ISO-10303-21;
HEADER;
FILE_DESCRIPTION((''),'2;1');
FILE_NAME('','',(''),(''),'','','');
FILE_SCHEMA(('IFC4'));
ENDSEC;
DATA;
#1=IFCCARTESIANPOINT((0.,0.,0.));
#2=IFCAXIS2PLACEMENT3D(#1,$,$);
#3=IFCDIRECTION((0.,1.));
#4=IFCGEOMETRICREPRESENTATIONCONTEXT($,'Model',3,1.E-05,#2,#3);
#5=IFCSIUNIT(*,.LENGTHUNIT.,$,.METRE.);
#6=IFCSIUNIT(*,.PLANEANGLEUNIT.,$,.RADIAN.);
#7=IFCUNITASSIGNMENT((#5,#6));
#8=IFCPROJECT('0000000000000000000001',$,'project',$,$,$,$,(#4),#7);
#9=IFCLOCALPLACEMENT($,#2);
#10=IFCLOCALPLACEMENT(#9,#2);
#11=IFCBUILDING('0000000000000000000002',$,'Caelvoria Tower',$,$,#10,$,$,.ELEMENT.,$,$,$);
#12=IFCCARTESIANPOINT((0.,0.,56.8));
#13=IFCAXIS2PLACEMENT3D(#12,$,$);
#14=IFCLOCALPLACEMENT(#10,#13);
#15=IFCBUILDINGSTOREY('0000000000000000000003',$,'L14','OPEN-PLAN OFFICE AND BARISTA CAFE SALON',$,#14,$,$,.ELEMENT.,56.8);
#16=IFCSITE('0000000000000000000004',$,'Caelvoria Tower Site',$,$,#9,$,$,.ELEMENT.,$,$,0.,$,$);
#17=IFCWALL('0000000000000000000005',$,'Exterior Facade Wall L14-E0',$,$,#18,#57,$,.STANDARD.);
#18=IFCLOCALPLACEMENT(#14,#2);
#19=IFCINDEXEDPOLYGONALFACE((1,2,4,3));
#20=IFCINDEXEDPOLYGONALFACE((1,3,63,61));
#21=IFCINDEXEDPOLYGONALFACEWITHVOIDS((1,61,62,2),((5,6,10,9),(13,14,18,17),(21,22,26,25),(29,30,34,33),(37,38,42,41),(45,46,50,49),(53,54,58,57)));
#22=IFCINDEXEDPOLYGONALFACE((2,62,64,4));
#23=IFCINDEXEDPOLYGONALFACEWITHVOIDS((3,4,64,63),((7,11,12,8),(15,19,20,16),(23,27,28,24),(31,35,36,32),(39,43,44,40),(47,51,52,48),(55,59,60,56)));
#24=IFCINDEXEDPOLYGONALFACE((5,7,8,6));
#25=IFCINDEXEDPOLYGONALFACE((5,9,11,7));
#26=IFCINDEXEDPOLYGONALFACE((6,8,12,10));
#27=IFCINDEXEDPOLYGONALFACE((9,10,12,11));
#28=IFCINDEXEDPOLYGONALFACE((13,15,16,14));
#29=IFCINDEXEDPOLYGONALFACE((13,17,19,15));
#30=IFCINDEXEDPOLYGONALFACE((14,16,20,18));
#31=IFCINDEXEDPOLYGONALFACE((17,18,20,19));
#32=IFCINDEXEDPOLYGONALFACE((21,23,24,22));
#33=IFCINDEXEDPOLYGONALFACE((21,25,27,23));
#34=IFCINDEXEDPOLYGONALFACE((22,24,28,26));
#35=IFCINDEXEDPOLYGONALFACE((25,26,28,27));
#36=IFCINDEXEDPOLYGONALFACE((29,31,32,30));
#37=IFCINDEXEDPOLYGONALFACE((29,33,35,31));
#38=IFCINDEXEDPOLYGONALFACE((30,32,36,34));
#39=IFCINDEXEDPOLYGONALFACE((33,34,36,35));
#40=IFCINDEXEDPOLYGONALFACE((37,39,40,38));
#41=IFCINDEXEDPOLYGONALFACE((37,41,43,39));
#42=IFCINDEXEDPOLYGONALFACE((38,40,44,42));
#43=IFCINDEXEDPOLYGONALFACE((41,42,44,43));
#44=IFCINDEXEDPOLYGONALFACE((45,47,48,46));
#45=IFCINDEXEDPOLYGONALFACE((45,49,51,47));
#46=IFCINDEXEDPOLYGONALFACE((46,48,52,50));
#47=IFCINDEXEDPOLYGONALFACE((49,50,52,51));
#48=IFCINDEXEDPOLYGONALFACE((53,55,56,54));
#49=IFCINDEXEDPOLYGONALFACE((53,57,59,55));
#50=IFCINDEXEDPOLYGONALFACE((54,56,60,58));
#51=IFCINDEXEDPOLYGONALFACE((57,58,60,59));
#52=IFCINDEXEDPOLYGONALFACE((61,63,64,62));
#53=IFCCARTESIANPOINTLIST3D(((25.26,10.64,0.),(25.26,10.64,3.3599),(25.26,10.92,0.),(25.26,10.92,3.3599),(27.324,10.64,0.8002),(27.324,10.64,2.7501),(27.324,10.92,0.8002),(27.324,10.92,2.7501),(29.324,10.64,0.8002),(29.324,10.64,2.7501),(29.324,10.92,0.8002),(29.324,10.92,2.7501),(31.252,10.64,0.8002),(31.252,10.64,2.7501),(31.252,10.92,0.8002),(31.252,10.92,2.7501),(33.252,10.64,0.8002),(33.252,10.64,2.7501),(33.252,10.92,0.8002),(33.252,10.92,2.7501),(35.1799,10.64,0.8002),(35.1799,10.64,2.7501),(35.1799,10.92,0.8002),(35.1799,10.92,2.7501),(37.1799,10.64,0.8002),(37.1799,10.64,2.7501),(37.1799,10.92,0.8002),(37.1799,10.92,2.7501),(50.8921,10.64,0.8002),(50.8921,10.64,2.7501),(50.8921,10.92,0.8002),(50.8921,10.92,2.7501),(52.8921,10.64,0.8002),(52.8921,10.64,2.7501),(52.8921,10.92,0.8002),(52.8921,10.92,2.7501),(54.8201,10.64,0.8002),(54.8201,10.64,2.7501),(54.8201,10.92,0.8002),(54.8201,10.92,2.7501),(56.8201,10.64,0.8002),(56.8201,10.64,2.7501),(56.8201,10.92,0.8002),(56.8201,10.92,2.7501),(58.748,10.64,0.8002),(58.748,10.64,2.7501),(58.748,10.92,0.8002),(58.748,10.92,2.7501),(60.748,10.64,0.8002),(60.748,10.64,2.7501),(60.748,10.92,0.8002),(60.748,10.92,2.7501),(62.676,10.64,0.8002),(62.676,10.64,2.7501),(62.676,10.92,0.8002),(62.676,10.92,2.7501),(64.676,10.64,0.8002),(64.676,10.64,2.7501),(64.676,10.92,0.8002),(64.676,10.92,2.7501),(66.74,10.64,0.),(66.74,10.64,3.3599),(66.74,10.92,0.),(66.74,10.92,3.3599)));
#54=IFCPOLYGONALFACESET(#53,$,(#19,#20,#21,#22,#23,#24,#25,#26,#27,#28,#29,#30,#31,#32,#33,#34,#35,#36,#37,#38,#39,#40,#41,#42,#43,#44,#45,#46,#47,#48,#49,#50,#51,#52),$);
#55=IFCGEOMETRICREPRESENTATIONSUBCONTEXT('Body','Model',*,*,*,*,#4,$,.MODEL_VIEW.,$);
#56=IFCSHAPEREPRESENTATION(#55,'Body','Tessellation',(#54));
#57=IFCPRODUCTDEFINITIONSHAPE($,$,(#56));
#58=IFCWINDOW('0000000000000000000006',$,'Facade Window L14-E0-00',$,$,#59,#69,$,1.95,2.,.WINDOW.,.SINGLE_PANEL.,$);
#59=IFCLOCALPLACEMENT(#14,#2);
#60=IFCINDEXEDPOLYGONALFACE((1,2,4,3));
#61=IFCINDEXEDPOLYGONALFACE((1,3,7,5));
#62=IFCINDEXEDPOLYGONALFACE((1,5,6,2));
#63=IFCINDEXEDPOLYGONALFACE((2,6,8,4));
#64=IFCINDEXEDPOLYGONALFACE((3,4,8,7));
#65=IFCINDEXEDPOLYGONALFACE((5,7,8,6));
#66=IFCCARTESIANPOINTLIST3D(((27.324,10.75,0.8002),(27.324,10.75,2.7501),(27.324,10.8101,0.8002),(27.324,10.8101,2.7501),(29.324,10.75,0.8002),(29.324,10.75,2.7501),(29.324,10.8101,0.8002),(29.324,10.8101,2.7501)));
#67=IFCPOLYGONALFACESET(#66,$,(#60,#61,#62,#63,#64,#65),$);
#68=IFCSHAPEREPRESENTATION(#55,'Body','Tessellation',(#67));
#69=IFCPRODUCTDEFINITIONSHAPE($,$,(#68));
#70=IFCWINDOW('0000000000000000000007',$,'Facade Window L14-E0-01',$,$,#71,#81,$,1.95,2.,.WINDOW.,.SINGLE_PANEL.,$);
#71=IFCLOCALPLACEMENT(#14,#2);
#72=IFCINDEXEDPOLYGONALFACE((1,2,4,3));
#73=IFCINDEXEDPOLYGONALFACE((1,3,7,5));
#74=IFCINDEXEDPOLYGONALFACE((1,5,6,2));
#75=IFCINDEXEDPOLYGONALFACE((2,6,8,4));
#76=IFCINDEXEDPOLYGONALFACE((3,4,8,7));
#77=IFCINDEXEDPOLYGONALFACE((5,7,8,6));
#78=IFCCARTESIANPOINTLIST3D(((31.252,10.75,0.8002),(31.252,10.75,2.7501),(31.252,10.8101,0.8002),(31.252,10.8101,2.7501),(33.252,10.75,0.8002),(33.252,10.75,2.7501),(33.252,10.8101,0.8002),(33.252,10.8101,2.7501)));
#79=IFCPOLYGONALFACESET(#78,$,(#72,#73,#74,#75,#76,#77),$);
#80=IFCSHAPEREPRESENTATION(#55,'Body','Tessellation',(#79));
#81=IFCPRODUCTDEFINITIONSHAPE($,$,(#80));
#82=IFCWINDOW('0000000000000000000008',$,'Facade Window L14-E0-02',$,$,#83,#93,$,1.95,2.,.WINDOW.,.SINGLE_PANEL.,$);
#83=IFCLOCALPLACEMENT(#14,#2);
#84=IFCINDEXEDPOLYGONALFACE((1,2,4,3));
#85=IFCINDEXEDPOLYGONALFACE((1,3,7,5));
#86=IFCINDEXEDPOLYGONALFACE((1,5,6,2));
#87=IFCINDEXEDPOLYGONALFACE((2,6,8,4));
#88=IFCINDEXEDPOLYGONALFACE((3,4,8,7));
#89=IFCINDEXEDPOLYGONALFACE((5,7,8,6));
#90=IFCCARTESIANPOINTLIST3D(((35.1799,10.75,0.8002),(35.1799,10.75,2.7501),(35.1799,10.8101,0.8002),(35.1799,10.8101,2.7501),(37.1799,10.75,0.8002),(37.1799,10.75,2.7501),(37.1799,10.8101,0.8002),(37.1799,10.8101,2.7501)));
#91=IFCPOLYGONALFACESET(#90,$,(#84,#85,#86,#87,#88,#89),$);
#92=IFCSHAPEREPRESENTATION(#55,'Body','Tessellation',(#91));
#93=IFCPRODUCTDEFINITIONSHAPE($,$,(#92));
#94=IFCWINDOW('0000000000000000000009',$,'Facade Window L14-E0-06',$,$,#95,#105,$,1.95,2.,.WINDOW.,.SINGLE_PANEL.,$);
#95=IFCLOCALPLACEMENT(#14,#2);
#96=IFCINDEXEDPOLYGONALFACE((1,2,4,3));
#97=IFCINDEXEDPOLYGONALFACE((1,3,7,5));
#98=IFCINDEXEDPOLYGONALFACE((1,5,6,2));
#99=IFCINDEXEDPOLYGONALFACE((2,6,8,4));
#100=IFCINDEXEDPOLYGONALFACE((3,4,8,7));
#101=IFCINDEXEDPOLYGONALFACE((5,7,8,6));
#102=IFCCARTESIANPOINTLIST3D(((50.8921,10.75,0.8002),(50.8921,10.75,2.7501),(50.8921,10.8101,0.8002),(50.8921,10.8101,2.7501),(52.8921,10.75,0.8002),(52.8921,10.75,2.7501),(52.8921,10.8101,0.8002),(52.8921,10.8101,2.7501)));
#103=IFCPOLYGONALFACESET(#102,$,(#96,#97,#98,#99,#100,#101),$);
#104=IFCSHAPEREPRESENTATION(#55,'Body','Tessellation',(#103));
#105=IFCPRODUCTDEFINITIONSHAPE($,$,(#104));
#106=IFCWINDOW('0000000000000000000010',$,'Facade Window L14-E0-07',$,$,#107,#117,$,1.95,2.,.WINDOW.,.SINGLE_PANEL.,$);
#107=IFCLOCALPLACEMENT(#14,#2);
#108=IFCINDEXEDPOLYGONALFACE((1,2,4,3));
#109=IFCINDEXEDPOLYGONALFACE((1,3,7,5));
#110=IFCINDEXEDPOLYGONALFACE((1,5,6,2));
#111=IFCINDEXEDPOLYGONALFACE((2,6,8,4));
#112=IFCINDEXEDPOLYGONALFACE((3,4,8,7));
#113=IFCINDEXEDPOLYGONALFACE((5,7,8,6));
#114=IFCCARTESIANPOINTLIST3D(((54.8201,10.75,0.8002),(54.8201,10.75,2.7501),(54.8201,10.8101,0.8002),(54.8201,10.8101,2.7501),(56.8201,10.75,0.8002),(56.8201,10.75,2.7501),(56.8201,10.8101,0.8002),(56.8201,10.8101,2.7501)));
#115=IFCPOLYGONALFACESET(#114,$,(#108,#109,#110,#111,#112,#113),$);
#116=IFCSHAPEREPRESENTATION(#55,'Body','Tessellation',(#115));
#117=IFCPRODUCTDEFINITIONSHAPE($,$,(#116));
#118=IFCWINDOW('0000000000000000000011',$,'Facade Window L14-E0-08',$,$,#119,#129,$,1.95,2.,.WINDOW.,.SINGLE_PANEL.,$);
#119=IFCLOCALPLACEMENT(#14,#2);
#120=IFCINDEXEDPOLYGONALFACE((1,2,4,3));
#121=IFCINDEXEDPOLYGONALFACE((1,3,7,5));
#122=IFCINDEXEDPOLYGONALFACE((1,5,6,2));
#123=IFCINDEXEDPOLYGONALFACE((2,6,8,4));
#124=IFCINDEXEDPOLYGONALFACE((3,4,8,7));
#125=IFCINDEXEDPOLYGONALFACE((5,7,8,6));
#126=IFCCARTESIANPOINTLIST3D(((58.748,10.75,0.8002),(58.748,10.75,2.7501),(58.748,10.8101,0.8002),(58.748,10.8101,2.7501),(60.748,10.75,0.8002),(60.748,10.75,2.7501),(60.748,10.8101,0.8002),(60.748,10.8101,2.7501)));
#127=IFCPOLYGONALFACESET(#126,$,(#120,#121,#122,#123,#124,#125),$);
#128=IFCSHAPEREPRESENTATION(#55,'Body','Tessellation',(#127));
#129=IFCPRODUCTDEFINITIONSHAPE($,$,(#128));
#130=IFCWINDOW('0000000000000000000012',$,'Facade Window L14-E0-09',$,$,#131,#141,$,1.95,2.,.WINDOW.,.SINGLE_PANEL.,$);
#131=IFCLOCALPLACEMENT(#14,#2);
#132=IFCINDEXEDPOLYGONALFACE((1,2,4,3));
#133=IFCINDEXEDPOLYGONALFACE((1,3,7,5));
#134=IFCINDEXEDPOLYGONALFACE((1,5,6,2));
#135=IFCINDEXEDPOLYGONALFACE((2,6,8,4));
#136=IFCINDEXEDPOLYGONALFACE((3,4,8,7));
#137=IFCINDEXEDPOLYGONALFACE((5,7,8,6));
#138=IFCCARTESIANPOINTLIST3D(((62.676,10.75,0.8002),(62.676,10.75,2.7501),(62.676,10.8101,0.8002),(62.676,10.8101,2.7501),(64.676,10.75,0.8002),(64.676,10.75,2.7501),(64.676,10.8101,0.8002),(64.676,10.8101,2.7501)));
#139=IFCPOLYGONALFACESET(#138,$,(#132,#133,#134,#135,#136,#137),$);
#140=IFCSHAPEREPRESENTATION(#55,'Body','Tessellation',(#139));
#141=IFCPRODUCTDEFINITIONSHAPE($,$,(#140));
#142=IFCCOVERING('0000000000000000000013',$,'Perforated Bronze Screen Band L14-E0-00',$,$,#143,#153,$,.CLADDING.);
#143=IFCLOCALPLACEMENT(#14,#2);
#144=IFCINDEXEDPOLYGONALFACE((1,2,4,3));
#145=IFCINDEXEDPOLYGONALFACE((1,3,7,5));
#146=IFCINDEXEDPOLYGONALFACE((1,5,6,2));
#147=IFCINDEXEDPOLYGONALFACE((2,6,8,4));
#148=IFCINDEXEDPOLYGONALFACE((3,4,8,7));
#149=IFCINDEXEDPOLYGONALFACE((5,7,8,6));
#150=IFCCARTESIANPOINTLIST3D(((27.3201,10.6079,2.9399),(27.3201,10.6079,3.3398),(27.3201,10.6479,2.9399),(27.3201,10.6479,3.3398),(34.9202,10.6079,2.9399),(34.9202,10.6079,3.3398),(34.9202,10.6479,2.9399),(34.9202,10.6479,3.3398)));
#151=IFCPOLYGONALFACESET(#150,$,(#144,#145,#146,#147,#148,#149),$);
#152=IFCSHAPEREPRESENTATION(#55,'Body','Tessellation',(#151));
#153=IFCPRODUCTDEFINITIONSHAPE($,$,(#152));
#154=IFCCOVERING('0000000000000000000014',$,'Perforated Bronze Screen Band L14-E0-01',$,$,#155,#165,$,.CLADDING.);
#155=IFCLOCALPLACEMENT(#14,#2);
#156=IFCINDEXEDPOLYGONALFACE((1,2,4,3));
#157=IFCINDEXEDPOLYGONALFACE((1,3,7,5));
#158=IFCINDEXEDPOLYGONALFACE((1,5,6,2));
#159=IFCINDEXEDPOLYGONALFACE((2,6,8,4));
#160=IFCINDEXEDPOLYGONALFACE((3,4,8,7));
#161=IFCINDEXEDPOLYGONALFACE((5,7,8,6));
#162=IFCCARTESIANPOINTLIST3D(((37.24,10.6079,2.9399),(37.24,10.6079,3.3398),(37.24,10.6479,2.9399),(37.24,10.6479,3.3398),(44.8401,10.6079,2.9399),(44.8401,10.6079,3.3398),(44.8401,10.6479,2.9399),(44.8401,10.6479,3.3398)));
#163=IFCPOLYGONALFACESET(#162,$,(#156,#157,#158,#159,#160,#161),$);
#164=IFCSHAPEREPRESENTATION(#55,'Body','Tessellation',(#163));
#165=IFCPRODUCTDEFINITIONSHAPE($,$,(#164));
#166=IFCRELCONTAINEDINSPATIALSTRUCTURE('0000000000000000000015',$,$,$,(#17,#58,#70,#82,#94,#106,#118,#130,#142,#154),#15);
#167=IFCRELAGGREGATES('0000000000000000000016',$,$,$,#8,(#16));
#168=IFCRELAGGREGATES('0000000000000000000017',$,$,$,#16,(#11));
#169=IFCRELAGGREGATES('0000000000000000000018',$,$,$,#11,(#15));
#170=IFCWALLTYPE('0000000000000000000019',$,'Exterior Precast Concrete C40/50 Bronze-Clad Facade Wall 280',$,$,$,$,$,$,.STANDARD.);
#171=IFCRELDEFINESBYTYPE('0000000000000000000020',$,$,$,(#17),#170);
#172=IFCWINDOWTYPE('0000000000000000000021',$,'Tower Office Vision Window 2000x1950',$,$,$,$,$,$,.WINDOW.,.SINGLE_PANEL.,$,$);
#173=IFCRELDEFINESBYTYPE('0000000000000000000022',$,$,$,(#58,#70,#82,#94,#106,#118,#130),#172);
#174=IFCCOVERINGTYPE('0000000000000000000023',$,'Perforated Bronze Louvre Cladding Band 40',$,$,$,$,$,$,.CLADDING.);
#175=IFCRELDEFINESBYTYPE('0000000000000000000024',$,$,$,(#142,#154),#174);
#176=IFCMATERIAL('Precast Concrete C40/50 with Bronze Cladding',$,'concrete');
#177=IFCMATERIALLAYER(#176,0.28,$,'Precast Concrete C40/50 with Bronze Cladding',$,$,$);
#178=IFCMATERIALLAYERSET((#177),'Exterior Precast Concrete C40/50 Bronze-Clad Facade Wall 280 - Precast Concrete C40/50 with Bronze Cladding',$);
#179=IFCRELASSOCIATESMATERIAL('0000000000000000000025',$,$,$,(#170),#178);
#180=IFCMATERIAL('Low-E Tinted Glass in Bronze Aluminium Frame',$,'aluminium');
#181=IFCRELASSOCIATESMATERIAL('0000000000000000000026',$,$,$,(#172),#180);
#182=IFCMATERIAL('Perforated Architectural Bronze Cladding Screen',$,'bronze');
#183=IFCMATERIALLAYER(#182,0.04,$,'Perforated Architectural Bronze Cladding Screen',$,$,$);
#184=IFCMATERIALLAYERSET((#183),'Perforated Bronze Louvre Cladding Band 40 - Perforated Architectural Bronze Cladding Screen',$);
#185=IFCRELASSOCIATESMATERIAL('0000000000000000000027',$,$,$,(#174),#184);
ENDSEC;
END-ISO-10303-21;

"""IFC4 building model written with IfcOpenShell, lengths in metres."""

from ifc_helpers import new_model, si_unit, direction, frame, frame_2d, origin, origin_2d, place, context, subcontext, project, spatial, rectangle, extrude, material, layer, layer_set, type_object, element, fill, save


model = new_model("IFC4")

# Units and contexts
model_context = context("Model", 3, precision=1e-05, world=origin(), true_north=direction((0.0, 1.0)))
body_context = subcontext(model_context, "Body", "Model", "MODEL_VIEW")
ifc_project = project(units=[si_unit("LENGTHUNIT", "METRE"), si_unit("PLANEANGLEUNIT", "RADIAN")], contexts=[model_context])

# Site, building, storey
site_placement = place(None, origin())
site = spatial("IfcSite", under=ifc_project, at=site_placement, Name="Caelvoria Tower Site", CompositionType="ELEMENT", RefElevation=0.0)
building_placement = place(site_placement, origin())
building = spatial("IfcBuilding", under=site, at=building_placement, Name="Caelvoria Tower", CompositionType="ELEMENT")
storey_placement = place(building_placement, frame((0.0, 0.0, 56.8)))
storey = spatial("IfcBuildingStorey", under=building, at=storey_placement, Name="L14", Description="OPEN-PLAN OFFICE AND BARISTA CAFE SALON", CompositionType="ELEMENT", Elevation=56.8)

# Wall, openings, windows
ifc_material_1 = material(Name="Precast Concrete C40/50 with Bronze Cladding", Category="concrete")
ifc_layer_1 = layer(ifc_material_1, 0.28, Name="Precast Concrete C40/50 with Bronze Cladding")
ifc_layer_set_1 = layer_set([ifc_layer_1], Name="Exterior Precast Concrete C40/50 Bronze-Clad Facade Wall 280 - Precast Concrete C40/50 with Bronze Cladding")
wall_type = type_object("IfcWallType", Name="Exterior Precast Concrete C40/50 Bronze-Clad Facade Wall 280", PredefinedType="STANDARD", material=ifc_layer_set_1)
wall_placement = place(storey_placement, frame((25.26, 10.78, 0.0), z_axis=(0.0, 0.0, 1.0), x_axis=(1.0, 0.0, 0.0)))
wall = element("IfcWall", 1, at=wall_placement, inside=storey, type_object=wall_type, Name="Exterior Facade Wall L14-E0", PredefinedType="STANDARD", context=body_context, shape_type="SweptSolid", body=[
    extrude(rectangle(XDim=41.48, YDim=0.28, at=frame_2d((20.74, 0.0))), origin(), (0.0, 0.0, 1.0), 3.3599),
])
opening_1_placement = place(wall_placement, frame((2.064, 0.0, 0.8)))
opening_1 = element("IfcOpeningElement", 2, at=opening_1_placement, cuts=wall, PredefinedType="OPENING", context=body_context, shape_type="SweptSolid", body=[
    extrude(rectangle(XDim=2.0, YDim=1.95, at=frame_2d((1.0, 0.9751))), frame((0.0, 0.1499, 0.0), z_axis=(0.0, -1.0, 0.0), x_axis=(1.0, 0.0, 0.0)), (0.0, 0.0, 1.0), 0.3),
])
opening_2_placement = place(wall_placement, frame((5.9919, 0.0, 0.8)))
opening_2 = element("IfcOpeningElement", 3, at=opening_2_placement, cuts=wall, PredefinedType="OPENING", context=body_context, shape_type="SweptSolid", body=[
    extrude(rectangle(XDim=2.0, YDim=1.95, at=frame_2d((1.0, 0.9751))), frame((0.0, 0.1499, 0.0), z_axis=(0.0, -1.0, 0.0), x_axis=(1.0, 0.0, 0.0)), (0.0, 0.0, 1.0), 0.3),
])
opening_3_placement = place(wall_placement, frame((9.9199, 0.0, 0.8)))
opening_3 = element("IfcOpeningElement", 4, at=opening_3_placement, cuts=wall, PredefinedType="OPENING", context=body_context, shape_type="SweptSolid", body=[
    extrude(rectangle(XDim=2.0, YDim=1.95, at=frame_2d((1.0, 0.9751))), frame((0.0, 0.1499, 0.0), z_axis=(0.0, -1.0, 0.0), x_axis=(1.0, 0.0, 0.0)), (0.0, 0.0, 1.0), 0.3),
])
opening_4_placement = place(wall_placement, frame((25.6321, 0.0, 0.8)))
opening_4 = element("IfcOpeningElement", 5, at=opening_4_placement, cuts=wall, PredefinedType="OPENING", context=body_context, shape_type="SweptSolid", body=[
    extrude(rectangle(XDim=2.0, YDim=1.95, at=frame_2d((1.0, 0.9751))), frame((0.0, 0.1499, 0.0), z_axis=(0.0, -1.0, 0.0), x_axis=(1.0, 0.0, 0.0)), (0.0, 0.0, 1.0), 0.3),
])
opening_5_placement = place(wall_placement, frame((29.5601, 0.0, 0.8)))
opening_5 = element("IfcOpeningElement", 6, at=opening_5_placement, cuts=wall, PredefinedType="OPENING", context=body_context, shape_type="SweptSolid", body=[
    extrude(rectangle(XDim=2.0, YDim=1.95, at=frame_2d((1.0, 0.9751))), frame((0.0, 0.1499, 0.0), z_axis=(0.0, -1.0, 0.0), x_axis=(1.0, 0.0, 0.0)), (0.0, 0.0, 1.0), 0.3),
])
opening_6_placement = place(wall_placement, frame((33.488, 0.0, 0.8)))
opening_6 = element("IfcOpeningElement", 7, at=opening_6_placement, cuts=wall, PredefinedType="OPENING", context=body_context, shape_type="SweptSolid", body=[
    extrude(rectangle(XDim=2.0, YDim=1.95, at=frame_2d((1.0, 0.9751))), frame((0.0, 0.1499, 0.0), z_axis=(0.0, -1.0, 0.0), x_axis=(1.0, 0.0, 0.0)), (0.0, 0.0, 1.0), 0.3),
])
opening_7_placement = place(wall_placement, frame((37.416, 0.0, 0.8)))
opening_7 = element("IfcOpeningElement", 8, at=opening_7_placement, cuts=wall, PredefinedType="OPENING", context=body_context, shape_type="SweptSolid", body=[
    extrude(rectangle(XDim=2.0, YDim=1.95, at=frame_2d((1.0, 0.9751))), frame((0.0, 0.1499, 0.0), z_axis=(0.0, -1.0, 0.0), x_axis=(1.0, 0.0, 0.0)), (0.0, 0.0, 1.0), 0.3),
])
ifc_material_2 = material(Name="Low-E Tinted Glass in Bronze Aluminium Frame", Category="aluminium")
window_type = type_object("IfcWindowType", Name="Tower Office Vision Window 2000x1950", PartitioningType="SINGLE_PANEL", PredefinedType="WINDOW", material=ifc_material_2)
window_1_placement = place(opening_1_placement, origin())
window_1 = element("IfcWindow", 9, at=window_1_placement, inside=storey, type_object=window_type, Name="Facade Window L14-E0-00", OverallHeight=1.95, OverallWidth=2.0, PartitioningType="SINGLE_PANEL", PredefinedType="WINDOW", context=body_context, shape_type="SweptSolid", body=[
    extrude(rectangle(XDim=2.0, YDim=1.95, at=frame_2d((1.0, 0.9751))), frame((0.0, 0.03, 0.0), z_axis=(0.0, -1.0, 0.0), x_axis=(1.0, 0.0, 0.0)), (0.0, 0.0, 1.0), 0.0601),
])
fill(opening_1, window_1)
window_2_placement = place(opening_2_placement, origin())
window_2 = element("IfcWindow", 10, at=window_2_placement, inside=storey, type_object=window_type, Name="Facade Window L14-E0-01", OverallHeight=1.95, OverallWidth=2.0, PartitioningType="SINGLE_PANEL", PredefinedType="WINDOW", context=body_context, shape_type="SweptSolid", body=[
    extrude(rectangle(XDim=2.0, YDim=1.95, at=frame_2d((1.0, 0.9751))), frame((0.0, 0.03, 0.0), z_axis=(0.0, -1.0, 0.0), x_axis=(1.0, 0.0, 0.0)), (0.0, 0.0, 1.0), 0.0601),
])
fill(opening_2, window_2)
window_3_placement = place(opening_3_placement, origin())
window_3 = element("IfcWindow", 11, at=window_3_placement, inside=storey, type_object=window_type, Name="Facade Window L14-E0-02", OverallHeight=1.95, OverallWidth=2.0, PartitioningType="SINGLE_PANEL", PredefinedType="WINDOW", context=body_context, shape_type="SweptSolid", body=[
    extrude(rectangle(XDim=2.0, YDim=1.95, at=frame_2d((1.0, 0.9751))), frame((0.0, 0.03, 0.0), z_axis=(0.0, -1.0, 0.0), x_axis=(1.0, 0.0, 0.0)), (0.0, 0.0, 1.0), 0.0601),
])
fill(opening_3, window_3)
window_4_placement = place(opening_4_placement, origin())
window_4 = element("IfcWindow", 12, at=window_4_placement, inside=storey, type_object=window_type, Name="Facade Window L14-E0-06", OverallHeight=1.95, OverallWidth=2.0, PartitioningType="SINGLE_PANEL", PredefinedType="WINDOW", context=body_context, shape_type="SweptSolid", body=[
    extrude(rectangle(XDim=2.0, YDim=1.95, at=frame_2d((1.0, 0.9751))), frame((0.0, 0.03, 0.0), z_axis=(0.0, -1.0, 0.0), x_axis=(1.0, 0.0, 0.0)), (0.0, 0.0, 1.0), 0.0601),
])
fill(opening_4, window_4)
window_5_placement = place(opening_5_placement, origin())
window_5 = element("IfcWindow", 13, at=window_5_placement, inside=storey, type_object=window_type, Name="Facade Window L14-E0-07", OverallHeight=1.95, OverallWidth=2.0, PartitioningType="SINGLE_PANEL", PredefinedType="WINDOW", context=body_context, shape_type="SweptSolid", body=[
    extrude(rectangle(XDim=2.0, YDim=1.95, at=frame_2d((1.0, 0.9751))), frame((0.0, 0.03, 0.0), z_axis=(0.0, -1.0, 0.0), x_axis=(1.0, 0.0, 0.0)), (0.0, 0.0, 1.0), 0.0601),
])
fill(opening_5, window_5)
window_6_placement = place(opening_6_placement, origin())
window_6 = element("IfcWindow", 14, at=window_6_placement, inside=storey, type_object=window_type, Name="Facade Window L14-E0-08", OverallHeight=1.95, OverallWidth=2.0, PartitioningType="SINGLE_PANEL", PredefinedType="WINDOW", context=body_context, shape_type="SweptSolid", body=[
    extrude(rectangle(XDim=2.0, YDim=1.95, at=frame_2d((1.0, 0.9751))), frame((0.0, 0.03, 0.0), z_axis=(0.0, -1.0, 0.0), x_axis=(1.0, 0.0, 0.0)), (0.0, 0.0, 1.0), 0.0601),
])
fill(opening_6, window_6)
window_7_placement = place(opening_7_placement, origin())
window_7 = element("IfcWindow", 15, at=window_7_placement, inside=storey, type_object=window_type, Name="Facade Window L14-E0-09", OverallHeight=1.95, OverallWidth=2.0, PartitioningType="SINGLE_PANEL", PredefinedType="WINDOW", context=body_context, shape_type="SweptSolid", body=[
    extrude(rectangle(XDim=2.0, YDim=1.95, at=frame_2d((1.0, 0.9751))), frame((0.0, 0.03, 0.0), z_axis=(0.0, -1.0, 0.0), x_axis=(1.0, 0.0, 0.0)), (0.0, 0.0, 1.0), 0.0601),
])
fill(opening_7, window_7)

# Coverings
ifc_material_3 = material(Name="Perforated Architectural Bronze Cladding Screen", Category="bronze")
ifc_layer_2 = layer(ifc_material_3, 0.04, Name="Perforated Architectural Bronze Cladding Screen")
ifc_layer_set_2 = layer_set([ifc_layer_2], Name="Perforated Bronze Louvre Cladding Band 40 - Perforated Architectural Bronze Cladding Screen")
covering_type = type_object("IfcCoveringType", Name="Perforated Bronze Louvre Cladding Band 40", PredefinedType="CLADDING", material=ifc_layer_set_2)
for number, where, z_axis, x_axis, name in (
    (16, (31.1201, 10.6279, 2.9399), (0.0, 0.0, 1.0), (1.0, 0.0, 0.0), "Perforated Bronze Screen Band L14-E0-00"),
    (17, (41.04, 10.6279, 2.9399), (0.0, 0.0, 1.0), (1.0, 0.0, 0.0), "Perforated Bronze Screen Band L14-E0-01"),
):
    element("IfcCovering", number, at=place(storey_placement, frame(where, z_axis=z_axis, x_axis=x_axis)), inside=storey, type_object=covering_type, Name=name, PredefinedType="CLADDING", context=body_context, shape_type="SweptSolid", body=[
        extrude(rectangle(XDim=7.6001, YDim=0.04, at=origin_2d()), origin(), (0.0, 0.0, 1.0), 0.3999),
    ])

save(model, "model.ifc")
